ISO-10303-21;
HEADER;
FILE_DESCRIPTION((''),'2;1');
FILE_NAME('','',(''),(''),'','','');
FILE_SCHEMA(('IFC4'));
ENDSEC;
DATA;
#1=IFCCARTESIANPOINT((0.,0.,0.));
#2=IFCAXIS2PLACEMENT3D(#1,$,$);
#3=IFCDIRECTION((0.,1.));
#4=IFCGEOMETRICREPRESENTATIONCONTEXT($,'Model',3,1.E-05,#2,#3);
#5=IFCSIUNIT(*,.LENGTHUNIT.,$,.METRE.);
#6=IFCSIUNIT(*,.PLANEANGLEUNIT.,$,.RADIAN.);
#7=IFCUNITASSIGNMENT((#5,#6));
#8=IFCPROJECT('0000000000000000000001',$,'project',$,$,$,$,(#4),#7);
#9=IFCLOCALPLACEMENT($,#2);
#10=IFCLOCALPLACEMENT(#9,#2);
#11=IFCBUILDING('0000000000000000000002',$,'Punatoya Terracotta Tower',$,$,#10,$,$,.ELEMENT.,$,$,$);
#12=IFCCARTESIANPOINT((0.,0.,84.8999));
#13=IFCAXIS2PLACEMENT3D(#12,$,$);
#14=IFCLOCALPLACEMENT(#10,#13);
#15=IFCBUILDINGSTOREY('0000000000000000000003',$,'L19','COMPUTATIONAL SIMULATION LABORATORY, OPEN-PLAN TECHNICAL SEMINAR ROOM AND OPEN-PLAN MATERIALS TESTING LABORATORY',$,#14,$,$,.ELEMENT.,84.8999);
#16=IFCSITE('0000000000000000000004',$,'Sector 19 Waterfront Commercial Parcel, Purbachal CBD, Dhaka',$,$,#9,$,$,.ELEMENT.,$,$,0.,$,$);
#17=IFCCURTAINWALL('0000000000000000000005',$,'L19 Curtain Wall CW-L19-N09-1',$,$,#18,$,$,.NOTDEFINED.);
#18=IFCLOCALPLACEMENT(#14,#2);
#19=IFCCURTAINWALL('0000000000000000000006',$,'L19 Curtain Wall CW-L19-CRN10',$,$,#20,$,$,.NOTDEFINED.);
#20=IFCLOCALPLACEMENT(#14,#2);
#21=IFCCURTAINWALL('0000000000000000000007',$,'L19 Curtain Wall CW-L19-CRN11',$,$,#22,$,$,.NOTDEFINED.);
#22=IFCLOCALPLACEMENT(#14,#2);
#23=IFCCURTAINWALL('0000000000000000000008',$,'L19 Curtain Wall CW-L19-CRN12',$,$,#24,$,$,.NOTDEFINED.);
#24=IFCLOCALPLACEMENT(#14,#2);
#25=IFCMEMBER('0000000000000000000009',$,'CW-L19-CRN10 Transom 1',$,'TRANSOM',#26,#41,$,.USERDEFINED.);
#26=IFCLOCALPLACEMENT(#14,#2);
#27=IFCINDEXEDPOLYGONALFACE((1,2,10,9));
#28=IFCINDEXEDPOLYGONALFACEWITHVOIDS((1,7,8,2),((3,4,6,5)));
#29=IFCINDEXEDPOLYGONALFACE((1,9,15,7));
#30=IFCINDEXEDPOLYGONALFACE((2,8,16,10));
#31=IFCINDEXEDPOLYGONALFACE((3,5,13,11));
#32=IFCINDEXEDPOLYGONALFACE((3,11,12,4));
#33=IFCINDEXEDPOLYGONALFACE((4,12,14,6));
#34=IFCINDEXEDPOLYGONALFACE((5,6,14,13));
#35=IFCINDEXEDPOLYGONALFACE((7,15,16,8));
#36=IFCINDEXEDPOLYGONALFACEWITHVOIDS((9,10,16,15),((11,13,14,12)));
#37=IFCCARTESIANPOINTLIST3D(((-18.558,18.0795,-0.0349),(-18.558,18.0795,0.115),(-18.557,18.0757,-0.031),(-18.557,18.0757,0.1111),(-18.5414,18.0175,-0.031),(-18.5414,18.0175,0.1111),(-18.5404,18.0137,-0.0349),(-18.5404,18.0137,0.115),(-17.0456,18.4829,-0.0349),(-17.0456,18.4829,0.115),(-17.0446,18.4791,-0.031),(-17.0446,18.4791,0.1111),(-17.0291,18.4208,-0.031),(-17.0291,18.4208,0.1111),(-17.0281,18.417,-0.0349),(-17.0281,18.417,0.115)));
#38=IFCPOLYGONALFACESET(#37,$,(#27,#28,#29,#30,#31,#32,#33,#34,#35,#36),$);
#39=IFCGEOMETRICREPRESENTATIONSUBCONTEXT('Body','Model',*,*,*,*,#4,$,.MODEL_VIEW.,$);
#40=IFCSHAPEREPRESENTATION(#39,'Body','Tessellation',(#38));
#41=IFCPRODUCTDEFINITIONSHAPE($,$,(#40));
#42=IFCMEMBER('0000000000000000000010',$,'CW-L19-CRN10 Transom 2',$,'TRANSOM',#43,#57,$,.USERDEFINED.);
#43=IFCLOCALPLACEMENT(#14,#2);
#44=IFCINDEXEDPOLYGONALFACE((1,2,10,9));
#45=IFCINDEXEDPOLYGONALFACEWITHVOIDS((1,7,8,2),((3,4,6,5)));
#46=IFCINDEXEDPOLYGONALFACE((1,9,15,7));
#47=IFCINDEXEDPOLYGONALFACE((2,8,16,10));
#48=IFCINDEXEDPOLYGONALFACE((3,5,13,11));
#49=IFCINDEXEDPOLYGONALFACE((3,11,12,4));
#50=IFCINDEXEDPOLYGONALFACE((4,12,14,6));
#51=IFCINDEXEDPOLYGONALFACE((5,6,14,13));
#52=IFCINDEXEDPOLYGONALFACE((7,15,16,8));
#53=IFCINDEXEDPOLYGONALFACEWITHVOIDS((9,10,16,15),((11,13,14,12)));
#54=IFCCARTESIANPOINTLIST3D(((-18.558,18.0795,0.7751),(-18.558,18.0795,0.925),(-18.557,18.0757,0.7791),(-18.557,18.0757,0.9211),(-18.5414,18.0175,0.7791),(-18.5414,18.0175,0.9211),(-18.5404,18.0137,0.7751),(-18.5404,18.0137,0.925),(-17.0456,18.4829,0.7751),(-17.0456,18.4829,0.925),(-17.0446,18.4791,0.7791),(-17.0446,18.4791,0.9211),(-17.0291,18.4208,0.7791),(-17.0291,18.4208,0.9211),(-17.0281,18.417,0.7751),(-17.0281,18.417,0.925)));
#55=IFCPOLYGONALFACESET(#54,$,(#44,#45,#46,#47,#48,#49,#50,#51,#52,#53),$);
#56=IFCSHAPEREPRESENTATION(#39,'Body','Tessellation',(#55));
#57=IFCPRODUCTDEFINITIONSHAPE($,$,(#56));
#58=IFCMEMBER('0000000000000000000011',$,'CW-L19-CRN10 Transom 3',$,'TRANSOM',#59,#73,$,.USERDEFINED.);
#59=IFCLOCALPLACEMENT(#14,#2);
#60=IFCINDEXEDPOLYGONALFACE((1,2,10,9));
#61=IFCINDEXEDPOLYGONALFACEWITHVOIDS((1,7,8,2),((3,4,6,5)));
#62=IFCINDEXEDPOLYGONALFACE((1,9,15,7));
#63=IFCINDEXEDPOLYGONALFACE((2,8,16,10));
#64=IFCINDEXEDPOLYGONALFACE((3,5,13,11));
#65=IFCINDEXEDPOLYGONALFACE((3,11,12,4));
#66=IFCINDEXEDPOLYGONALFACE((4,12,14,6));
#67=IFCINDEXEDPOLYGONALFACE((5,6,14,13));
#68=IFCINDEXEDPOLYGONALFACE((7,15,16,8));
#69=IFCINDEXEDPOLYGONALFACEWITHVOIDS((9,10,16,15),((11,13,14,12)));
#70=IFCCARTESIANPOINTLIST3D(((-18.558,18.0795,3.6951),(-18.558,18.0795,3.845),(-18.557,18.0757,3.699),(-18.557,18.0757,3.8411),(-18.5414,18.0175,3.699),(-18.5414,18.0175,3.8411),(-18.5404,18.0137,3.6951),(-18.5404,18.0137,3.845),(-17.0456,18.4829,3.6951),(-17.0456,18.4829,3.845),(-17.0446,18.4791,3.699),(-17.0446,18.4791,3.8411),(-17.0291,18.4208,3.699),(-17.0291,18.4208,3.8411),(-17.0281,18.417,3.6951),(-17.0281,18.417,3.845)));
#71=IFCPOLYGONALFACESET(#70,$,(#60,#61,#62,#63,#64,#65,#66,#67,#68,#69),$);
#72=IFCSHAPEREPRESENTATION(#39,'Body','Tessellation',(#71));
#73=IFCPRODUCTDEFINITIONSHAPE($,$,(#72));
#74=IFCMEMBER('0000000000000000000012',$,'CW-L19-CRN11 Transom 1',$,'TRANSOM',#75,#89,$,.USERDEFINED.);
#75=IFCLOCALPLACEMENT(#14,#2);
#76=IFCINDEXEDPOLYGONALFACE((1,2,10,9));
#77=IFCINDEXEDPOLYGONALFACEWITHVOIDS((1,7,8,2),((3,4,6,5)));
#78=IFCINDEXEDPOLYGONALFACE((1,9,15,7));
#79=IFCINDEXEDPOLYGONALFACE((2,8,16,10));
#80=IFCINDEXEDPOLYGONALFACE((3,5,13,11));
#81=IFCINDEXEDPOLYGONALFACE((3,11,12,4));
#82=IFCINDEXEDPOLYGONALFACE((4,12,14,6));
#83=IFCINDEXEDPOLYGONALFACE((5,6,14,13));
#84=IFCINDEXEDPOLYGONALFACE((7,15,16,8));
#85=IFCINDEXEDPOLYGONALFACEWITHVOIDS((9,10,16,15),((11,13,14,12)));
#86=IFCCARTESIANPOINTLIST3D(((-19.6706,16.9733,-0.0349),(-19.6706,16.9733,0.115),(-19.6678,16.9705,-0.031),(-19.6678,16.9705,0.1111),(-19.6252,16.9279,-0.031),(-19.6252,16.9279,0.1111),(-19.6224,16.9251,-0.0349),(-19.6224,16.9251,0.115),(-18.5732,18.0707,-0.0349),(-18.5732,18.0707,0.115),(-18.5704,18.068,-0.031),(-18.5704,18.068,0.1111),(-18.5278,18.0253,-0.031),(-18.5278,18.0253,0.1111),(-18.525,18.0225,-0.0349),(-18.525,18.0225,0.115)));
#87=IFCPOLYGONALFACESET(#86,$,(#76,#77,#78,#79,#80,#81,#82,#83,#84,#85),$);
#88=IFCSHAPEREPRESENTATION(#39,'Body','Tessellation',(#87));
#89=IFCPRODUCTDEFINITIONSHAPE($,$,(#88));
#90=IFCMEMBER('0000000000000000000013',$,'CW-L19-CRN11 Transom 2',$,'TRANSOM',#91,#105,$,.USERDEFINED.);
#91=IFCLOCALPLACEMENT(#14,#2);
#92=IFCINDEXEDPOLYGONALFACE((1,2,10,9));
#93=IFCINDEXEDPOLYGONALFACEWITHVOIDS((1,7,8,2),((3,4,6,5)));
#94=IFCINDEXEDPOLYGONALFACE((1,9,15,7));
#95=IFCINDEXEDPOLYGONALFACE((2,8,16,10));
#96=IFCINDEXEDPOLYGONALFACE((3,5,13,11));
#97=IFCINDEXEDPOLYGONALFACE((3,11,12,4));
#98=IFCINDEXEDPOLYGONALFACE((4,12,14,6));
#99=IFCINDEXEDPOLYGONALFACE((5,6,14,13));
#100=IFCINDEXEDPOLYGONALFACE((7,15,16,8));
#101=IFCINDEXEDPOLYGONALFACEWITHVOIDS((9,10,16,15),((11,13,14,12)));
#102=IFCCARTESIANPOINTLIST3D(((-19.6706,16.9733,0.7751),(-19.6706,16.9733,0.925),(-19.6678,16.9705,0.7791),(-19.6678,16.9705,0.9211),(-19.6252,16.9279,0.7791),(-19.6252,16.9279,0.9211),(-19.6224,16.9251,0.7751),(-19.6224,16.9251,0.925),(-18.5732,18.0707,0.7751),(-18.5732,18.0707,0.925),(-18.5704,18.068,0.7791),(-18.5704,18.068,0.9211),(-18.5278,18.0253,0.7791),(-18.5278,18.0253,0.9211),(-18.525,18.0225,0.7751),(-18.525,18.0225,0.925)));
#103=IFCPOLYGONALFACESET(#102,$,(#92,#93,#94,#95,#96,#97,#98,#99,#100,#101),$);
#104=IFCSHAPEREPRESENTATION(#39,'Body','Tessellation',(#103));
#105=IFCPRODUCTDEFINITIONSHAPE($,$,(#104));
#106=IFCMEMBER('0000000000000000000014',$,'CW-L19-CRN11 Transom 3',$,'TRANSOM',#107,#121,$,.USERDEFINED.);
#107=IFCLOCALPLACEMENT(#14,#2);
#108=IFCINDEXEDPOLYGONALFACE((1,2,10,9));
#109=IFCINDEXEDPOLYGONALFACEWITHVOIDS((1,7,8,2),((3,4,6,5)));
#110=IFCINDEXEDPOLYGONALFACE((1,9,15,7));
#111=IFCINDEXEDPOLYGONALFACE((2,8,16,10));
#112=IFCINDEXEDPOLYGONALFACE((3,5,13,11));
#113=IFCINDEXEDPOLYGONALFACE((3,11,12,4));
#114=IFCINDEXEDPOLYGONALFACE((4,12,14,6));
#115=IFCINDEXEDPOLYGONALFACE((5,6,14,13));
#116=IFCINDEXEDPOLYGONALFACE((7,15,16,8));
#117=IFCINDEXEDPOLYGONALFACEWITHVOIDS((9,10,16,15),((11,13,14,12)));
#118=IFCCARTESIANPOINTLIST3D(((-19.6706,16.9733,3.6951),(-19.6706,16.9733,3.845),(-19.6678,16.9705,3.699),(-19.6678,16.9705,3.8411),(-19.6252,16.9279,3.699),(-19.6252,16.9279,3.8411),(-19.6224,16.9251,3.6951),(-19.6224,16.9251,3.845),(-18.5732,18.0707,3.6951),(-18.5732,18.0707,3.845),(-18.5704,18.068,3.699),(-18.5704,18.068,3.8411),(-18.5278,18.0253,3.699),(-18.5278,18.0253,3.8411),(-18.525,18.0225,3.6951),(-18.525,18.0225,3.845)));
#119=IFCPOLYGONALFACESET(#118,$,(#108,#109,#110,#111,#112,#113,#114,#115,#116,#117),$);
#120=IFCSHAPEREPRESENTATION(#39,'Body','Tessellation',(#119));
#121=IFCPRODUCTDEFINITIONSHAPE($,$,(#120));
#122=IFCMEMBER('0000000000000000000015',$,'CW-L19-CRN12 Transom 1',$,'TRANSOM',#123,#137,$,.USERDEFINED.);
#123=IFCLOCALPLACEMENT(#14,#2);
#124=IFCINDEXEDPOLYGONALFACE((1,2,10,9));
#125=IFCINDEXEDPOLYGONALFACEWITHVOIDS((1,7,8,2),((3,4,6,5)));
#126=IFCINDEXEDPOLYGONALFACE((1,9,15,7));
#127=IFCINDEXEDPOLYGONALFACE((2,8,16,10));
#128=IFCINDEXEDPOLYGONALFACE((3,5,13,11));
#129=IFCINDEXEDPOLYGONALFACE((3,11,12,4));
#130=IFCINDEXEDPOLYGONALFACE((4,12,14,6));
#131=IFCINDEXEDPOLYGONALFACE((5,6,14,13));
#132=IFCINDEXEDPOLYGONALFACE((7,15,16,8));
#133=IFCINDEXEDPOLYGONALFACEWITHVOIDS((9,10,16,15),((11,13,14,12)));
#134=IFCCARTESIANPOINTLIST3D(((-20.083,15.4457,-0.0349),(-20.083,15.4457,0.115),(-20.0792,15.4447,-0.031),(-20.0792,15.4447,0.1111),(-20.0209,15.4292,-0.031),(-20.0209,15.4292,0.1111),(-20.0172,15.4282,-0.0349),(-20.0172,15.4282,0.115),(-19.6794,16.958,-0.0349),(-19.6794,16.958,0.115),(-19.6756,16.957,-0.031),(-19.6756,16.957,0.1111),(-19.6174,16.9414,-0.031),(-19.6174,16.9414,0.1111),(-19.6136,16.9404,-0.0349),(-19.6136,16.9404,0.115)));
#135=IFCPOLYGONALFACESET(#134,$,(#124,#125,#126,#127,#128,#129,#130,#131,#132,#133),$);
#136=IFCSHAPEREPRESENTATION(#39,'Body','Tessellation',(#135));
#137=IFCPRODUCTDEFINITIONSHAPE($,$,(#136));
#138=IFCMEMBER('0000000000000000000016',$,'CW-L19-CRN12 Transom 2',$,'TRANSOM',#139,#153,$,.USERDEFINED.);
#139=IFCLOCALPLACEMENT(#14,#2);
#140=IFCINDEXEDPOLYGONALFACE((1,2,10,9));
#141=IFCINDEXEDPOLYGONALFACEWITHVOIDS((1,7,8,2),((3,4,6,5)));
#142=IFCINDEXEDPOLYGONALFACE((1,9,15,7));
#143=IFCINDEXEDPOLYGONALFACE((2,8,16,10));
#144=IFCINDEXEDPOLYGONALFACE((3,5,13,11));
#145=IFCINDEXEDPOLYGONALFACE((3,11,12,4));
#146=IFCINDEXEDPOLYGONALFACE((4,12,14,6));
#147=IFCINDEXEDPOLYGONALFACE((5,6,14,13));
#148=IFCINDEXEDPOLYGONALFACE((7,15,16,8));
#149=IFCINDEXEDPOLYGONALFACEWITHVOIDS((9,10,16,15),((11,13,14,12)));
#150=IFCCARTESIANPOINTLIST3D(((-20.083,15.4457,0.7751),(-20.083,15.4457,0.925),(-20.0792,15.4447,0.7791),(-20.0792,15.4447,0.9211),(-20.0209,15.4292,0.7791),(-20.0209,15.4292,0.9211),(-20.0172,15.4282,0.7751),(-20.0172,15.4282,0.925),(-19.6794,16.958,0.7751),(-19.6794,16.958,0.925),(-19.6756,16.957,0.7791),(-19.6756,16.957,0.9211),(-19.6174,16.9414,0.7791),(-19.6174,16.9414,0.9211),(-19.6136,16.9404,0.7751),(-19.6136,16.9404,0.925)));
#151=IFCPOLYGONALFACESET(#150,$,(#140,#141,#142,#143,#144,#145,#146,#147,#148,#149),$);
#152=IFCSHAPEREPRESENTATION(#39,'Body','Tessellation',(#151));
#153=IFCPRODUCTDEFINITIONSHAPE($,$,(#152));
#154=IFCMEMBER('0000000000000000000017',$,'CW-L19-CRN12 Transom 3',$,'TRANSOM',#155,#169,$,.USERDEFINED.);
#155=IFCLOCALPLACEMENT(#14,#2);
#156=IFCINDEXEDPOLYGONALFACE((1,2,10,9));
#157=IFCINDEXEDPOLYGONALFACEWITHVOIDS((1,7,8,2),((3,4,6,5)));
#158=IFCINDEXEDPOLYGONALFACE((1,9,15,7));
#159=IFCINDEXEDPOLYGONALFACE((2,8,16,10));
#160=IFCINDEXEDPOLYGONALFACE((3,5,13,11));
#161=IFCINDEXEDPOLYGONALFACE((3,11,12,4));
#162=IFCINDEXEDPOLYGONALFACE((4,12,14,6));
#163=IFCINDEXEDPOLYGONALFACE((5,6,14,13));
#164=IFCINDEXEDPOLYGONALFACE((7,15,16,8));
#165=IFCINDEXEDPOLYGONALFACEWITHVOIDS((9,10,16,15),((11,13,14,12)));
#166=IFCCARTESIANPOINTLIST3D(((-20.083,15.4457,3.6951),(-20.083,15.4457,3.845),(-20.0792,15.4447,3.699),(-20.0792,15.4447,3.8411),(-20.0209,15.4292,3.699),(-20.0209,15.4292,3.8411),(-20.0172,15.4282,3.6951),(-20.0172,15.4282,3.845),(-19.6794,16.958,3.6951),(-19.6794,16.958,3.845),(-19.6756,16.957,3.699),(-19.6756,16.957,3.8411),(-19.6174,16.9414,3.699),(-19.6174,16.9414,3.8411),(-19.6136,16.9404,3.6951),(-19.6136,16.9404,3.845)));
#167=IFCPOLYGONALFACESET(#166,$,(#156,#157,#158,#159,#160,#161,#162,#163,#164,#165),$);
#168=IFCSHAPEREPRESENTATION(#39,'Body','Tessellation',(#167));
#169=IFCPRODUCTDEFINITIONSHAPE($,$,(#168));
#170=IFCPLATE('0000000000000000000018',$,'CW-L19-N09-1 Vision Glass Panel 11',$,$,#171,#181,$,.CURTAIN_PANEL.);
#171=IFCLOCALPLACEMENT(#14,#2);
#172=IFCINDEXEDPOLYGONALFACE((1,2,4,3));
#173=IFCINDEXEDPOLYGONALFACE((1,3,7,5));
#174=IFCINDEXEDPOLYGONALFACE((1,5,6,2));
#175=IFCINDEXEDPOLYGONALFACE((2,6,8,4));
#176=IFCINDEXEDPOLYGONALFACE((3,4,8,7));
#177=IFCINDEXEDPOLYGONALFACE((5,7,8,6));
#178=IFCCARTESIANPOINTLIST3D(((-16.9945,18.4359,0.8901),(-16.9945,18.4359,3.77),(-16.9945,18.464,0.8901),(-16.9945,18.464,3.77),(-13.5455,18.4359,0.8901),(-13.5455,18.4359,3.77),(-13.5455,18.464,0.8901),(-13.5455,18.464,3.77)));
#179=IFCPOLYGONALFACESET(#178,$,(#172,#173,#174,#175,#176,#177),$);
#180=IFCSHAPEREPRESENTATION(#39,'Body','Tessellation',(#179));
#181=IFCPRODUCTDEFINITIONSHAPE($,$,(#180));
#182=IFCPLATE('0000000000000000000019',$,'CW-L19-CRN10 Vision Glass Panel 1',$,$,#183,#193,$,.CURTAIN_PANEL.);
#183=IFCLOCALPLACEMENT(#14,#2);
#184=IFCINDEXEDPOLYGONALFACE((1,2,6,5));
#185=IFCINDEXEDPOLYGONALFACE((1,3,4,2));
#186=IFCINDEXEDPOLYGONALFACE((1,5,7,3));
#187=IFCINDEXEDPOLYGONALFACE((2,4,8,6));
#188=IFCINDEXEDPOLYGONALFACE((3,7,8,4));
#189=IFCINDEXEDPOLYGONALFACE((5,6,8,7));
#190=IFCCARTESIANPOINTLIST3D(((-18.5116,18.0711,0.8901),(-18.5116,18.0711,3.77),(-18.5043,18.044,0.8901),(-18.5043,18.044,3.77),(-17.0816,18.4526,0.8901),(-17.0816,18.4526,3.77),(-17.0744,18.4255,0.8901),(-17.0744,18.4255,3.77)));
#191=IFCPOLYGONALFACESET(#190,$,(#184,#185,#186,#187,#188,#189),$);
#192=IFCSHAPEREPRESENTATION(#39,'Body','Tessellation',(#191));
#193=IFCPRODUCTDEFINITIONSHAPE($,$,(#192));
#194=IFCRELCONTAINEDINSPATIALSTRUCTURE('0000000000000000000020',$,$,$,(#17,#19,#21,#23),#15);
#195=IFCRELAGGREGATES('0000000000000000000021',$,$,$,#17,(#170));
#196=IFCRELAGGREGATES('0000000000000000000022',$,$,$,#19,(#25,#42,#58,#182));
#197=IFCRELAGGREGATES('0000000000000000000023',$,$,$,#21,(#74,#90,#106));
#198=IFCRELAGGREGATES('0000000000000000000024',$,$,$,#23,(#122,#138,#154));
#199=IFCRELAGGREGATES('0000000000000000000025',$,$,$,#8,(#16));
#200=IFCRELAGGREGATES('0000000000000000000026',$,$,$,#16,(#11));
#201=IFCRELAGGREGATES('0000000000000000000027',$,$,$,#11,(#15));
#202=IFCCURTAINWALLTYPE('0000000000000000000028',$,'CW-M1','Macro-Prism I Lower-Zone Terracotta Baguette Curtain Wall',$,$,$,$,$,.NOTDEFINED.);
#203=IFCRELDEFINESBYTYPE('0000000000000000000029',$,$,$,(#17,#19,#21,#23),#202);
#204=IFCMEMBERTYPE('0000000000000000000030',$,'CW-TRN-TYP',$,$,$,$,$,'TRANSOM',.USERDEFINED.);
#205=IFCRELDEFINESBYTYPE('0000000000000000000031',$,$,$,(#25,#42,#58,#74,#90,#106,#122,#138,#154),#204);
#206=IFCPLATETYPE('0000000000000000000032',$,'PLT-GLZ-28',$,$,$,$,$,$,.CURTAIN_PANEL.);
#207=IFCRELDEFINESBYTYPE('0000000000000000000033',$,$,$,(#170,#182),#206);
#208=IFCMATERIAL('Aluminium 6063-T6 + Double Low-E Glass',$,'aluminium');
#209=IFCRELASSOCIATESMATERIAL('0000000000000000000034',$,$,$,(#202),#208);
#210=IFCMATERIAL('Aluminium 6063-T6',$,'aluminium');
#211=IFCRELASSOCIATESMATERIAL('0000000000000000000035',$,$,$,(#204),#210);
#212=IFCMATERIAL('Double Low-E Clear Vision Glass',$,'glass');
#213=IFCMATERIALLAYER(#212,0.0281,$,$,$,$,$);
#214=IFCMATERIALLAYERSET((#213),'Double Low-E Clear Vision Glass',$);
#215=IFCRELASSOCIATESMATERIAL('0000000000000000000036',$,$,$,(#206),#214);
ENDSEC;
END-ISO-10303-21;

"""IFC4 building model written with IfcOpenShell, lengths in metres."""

from ifc_helpers import new_model, si_unit, direction, frame, origin, origin_2d, place, context, subcontext, project, spatial, rectangle, hollow_rectangle, extrude, material, layer, layer_set, material_profile, profile_set, type_object, element, aggregate, save


model = new_model("IFC4")

# Units and contexts
model_context = context("Model", 3, precision=1e-05, world=origin(), true_north=direction((0.0, 1.0)))
body_context = subcontext(model_context, "Body", "Model", "MODEL_VIEW")
ifc_project = project(units=[si_unit("LENGTHUNIT", "METRE"), si_unit("PLANEANGLEUNIT", "RADIAN")], contexts=[model_context])

# Site, building, storey
site_placement = place(None, origin())
site = spatial("IfcSite", under=ifc_project, at=site_placement, Name="Sector 19 Waterfront Commercial Parcel, Purbachal CBD, Dhaka", CompositionType="ELEMENT", RefElevation=0.0)
building_placement = place(site_placement, origin())
building = spatial("IfcBuilding", under=site, at=building_placement, Name="Punatoya Terracotta Tower", CompositionType="ELEMENT")
storey_placement = place(building_placement, frame((0.0, 0.0, 84.8999)))
storey = spatial("IfcBuildingStorey", under=building, at=storey_placement, Name="L19", Description="COMPUTATIONAL SIMULATION LABORATORY, OPEN-PLAN TECHNICAL SEMINAR ROOM AND OPEN-PLAN MATERIALS TESTING LABORATORY", CompositionType="ELEMENT", Elevation=84.8999)

# Curtain walls
ifc_material_1 = material(Name="Aluminium 6063-T6 + Double Low-E Glass", Category="aluminium")
curtain_wall_type = type_object("IfcCurtainWallType", Name="CW-M1", Description="Macro-Prism I Lower-Zone Terracotta Baguette Curtain Wall", PredefinedType="NOTDEFINED", material=ifc_material_1)
curtain_wall_1_placement = place(storey_placement, origin())
curtain_wall_1 = element("IfcCurtainWall", 1, at=curtain_wall_1_placement, inside=storey, type_object=curtain_wall_type, Name="L19 Curtain Wall CW-L19-N09-1", PredefinedType="NOTDEFINED")
ifc_material_2 = material(Name="Aluminium 6063-T6", Category="aluminium")
curtain_wall_2_placement = place(storey_placement, origin())
curtain_wall_2 = element("IfcCurtainWall", 2, at=curtain_wall_2_placement, inside=storey, type_object=curtain_wall_type, Name="L19 Curtain Wall CW-L19-CRN10", PredefinedType="NOTDEFINED")
curtain_wall_3_placement = place(storey_placement, origin())
curtain_wall_3 = element("IfcCurtainWall", 3, at=curtain_wall_3_placement, inside=storey, type_object=curtain_wall_type, Name="L19 Curtain Wall CW-L19-CRN11", PredefinedType="NOTDEFINED")

# Curtain wall
curtain_wall_4_placement = place(storey_placement, origin())
curtain_wall_4 = element("IfcCurtainWall", 4, at=curtain_wall_4_placement, inside=storey, type_object=curtain_wall_type, Name="L19 Curtain Wall CW-L19-CRN12", PredefinedType="NOTDEFINED")

# Members
ifc_material_profile_1 = material_profile(ifc_material_2, hollow_rectangle(XDim=0.0681, YDim=0.1499, WallThickness=0.0039, at=origin_2d()))
ifc_profile_set_1 = profile_set([ifc_material_profile_1], Name="Aluminium 6063-T6")
member_type_1 = type_object("IfcMemberType", Name="CW-TRN-TYP", ElementType="TRANSOM", PredefinedType="USERDEFINED", material=ifc_profile_set_1)
member_1_placement = place(storey_placement, frame((-17.0369, 18.45, 0.04), z_axis=(-0.966225, -0.257701, 0.0), x_axis=(0.257701, -0.966225, 0.0)))
member_1 = element("IfcMember", 5, at=member_1_placement, type_object=member_type_1, Name="CW-L19-CRN10 Transom 1", ObjectType="TRANSOM", PredefinedType="USERDEFINED", context=body_context, shape_type="SweptSolid", body=[
    extrude(hollow_rectangle(XDim=0.0681, YDim=0.1499, WallThickness=0.0039, at=origin_2d()), origin(), (0.0, 0.0, 1.0), 1.5652),
])
member_2_placement = place(storey_placement, frame((-17.0369, 18.45, 0.8501), z_axis=(-0.966225, -0.257701, 0.0), x_axis=(0.257701, -0.966225, 0.0)))
member_2 = element("IfcMember", 6, at=member_2_placement, type_object=member_type_1, Name="CW-L19-CRN10 Transom 2", ObjectType="TRANSOM", PredefinedType="USERDEFINED", context=body_context, shape_type="SweptSolid", body=[
    extrude(hollow_rectangle(XDim=0.0681, YDim=0.1499, WallThickness=0.0039, at=origin_2d()), origin(), (0.0, 0.0, 1.0), 1.5652),
])
member_3_placement = place(storey_placement, frame((-17.0369, 18.45, 3.77), z_axis=(-0.966225, -0.257701, 0.0), x_axis=(0.257701, -0.966225, 0.0)))
member_3 = element("IfcMember", 7, at=member_3_placement, type_object=member_type_1, Name="CW-L19-CRN10 Transom 3", ObjectType="TRANSOM", PredefinedType="USERDEFINED", context=body_context, shape_type="SweptSolid", body=[
    extrude(hollow_rectangle(XDim=0.0681, YDim=0.1499, WallThickness=0.0039, at=origin_2d()), origin(), (0.0, 0.0, 1.0), 1.5652),
])
member_4_placement = place(storey_placement, frame((-18.5491, 18.0466, 0.04), z_axis=(-0.707107, -0.707107, 0.0), x_axis=(0.707107, -0.707107, 0.0)))
member_4 = element("IfcMember", 8, at=member_4_placement, type_object=member_type_1, Name="CW-L19-CRN11 Transom 1", ObjectType="TRANSOM", PredefinedType="USERDEFINED", context=body_context, shape_type="SweptSolid", body=[
    extrude(hollow_rectangle(XDim=0.0681, YDim=0.1499, WallThickness=0.0039, at=origin_2d()), origin(), (0.0, 0.0, 1.0), 1.552),
])
member_5_placement = place(storey_placement, frame((-18.5491, 18.0466, 0.8501), z_axis=(-0.707107, -0.707107, 0.0), x_axis=(0.707107, -0.707107, 0.0)))
member_5 = element("IfcMember", 9, at=member_5_placement, type_object=member_type_1, Name="CW-L19-CRN11 Transom 2", ObjectType="TRANSOM", PredefinedType="USERDEFINED", context=body_context, shape_type="SweptSolid", body=[
    extrude(hollow_rectangle(XDim=0.0681, YDim=0.1499, WallThickness=0.0039, at=origin_2d()), origin(), (0.0, 0.0, 1.0), 1.552),
])
member_6_placement = place(storey_placement, frame((-18.5491, 18.0466, 3.77), z_axis=(-0.707107, -0.707107, 0.0), x_axis=(0.707107, -0.707107, 0.0)))
member_6 = element("IfcMember", 10, at=member_6_placement, type_object=member_type_1, Name="CW-L19-CRN11 Transom 3", ObjectType="TRANSOM", PredefinedType="USERDEFINED", context=body_context, shape_type="SweptSolid", body=[
    extrude(hollow_rectangle(XDim=0.0681, YDim=0.1499, WallThickness=0.0039, at=origin_2d()), origin(), (0.0, 0.0, 1.0), 1.552),
])
member_7_placement = place(storey_placement, frame((-19.6465, 16.9492, 0.04), z_axis=(-0.257847, -0.966186, 0.0), x_axis=(0.966186, -0.257847, 0.0)))
member_7 = element("IfcMember", 11, at=member_7_placement, type_object=member_type_1, Name="CW-L19-CRN12 Transom 1", ObjectType="TRANSOM", PredefinedType="USERDEFINED", context=body_context, shape_type="SweptSolid", body=[
    extrude(hollow_rectangle(XDim=0.0681, YDim=0.1499, WallThickness=0.0039, at=origin_2d()), origin(), (0.0, 0.0, 1.0), 1.5652),
])
member_8_placement = place(storey_placement, frame((-19.6465, 16.9492, 0.8501), z_axis=(-0.257847, -0.966186, 0.0), x_axis=(0.966186, -0.257847, 0.0)))
member_8 = element("IfcMember", 12, at=member_8_placement, type_object=member_type_1, Name="CW-L19-CRN12 Transom 2", ObjectType="TRANSOM", PredefinedType="USERDEFINED", context=body_context, shape_type="SweptSolid", body=[
    extrude(hollow_rectangle(XDim=0.0681, YDim=0.1499, WallThickness=0.0039, at=origin_2d()), origin(), (0.0, 0.0, 1.0), 1.5652),
])
member_9_placement = place(storey_placement, frame((-19.6465, 16.9492, 3.77), z_axis=(-0.257847, -0.966186, 0.0), x_axis=(0.966186, -0.257847, 0.0)))
member_9 = element("IfcMember", 13, at=member_9_placement, type_object=member_type_1, Name="CW-L19-CRN12 Transom 3", ObjectType="TRANSOM", PredefinedType="USERDEFINED", context=body_context, shape_type="SweptSolid", body=[
    extrude(hollow_rectangle(XDim=0.0681, YDim=0.1499, WallThickness=0.0039, at=origin_2d()), origin(), (0.0, 0.0, 1.0), 1.5652),
])

# Plates
ifc_material_3 = material(Name="Double Low-E Clear Vision Glass", Category="glass")
ifc_layer_1 = layer(ifc_material_3, 0.0281)
ifc_layer_set_1 = layer_set([ifc_layer_1], Name="Double Low-E Clear Vision Glass")
plate_type_1 = type_object("IfcPlateType", Name="PLT-GLZ-28", PredefinedType="CURTAIN_PANEL", material=ifc_layer_set_1)
plate_1_placement = place(storey_placement, frame((-15.27, 18.45, 0.8901), z_axis=(0.0, 0.0, 1.0), x_axis=(-1.0, 0.0, 0.0)))
plate_1 = element("IfcPlate", 14, at=plate_1_placement, type_object=plate_type_1, Name="CW-L19-N09-1 Vision Glass Panel 11", PredefinedType="CURTAIN_PANEL", context=body_context, shape_type="SweptSolid", body=[
    extrude(rectangle(XDim=3.449, YDim=0.0281, at=origin_2d()), origin(), (0.0, 0.0, 1.0), 2.8799),
])
plate_2_placement = place(storey_placement, frame((-17.793, 18.2483, 0.8901), z_axis=(0.0, 0.0, 1.0), x_axis=(-0.966214, -0.257742, 0.0)))
plate_2 = element("IfcPlate", 15, at=plate_2_placement, type_object=plate_type_1, Name="CW-L19-CRN10 Vision Glass Panel 1", PredefinedType="CURTAIN_PANEL", context=body_context, shape_type="SweptSolid", body=[
    extrude(rectangle(XDim=1.48, YDim=0.0281, at=origin_2d()), origin(), (0.0, 0.0, 1.0), 2.8799),
])
aggregate(curtain_wall_1, [plate_1])
aggregate(curtain_wall_2, [member_1, member_2, member_3, plate_2])
aggregate(curtain_wall_3, [member_4, member_5, member_6])
aggregate(curtain_wall_4, [member_7, member_8, member_9])

save(model, "model.ifc")
